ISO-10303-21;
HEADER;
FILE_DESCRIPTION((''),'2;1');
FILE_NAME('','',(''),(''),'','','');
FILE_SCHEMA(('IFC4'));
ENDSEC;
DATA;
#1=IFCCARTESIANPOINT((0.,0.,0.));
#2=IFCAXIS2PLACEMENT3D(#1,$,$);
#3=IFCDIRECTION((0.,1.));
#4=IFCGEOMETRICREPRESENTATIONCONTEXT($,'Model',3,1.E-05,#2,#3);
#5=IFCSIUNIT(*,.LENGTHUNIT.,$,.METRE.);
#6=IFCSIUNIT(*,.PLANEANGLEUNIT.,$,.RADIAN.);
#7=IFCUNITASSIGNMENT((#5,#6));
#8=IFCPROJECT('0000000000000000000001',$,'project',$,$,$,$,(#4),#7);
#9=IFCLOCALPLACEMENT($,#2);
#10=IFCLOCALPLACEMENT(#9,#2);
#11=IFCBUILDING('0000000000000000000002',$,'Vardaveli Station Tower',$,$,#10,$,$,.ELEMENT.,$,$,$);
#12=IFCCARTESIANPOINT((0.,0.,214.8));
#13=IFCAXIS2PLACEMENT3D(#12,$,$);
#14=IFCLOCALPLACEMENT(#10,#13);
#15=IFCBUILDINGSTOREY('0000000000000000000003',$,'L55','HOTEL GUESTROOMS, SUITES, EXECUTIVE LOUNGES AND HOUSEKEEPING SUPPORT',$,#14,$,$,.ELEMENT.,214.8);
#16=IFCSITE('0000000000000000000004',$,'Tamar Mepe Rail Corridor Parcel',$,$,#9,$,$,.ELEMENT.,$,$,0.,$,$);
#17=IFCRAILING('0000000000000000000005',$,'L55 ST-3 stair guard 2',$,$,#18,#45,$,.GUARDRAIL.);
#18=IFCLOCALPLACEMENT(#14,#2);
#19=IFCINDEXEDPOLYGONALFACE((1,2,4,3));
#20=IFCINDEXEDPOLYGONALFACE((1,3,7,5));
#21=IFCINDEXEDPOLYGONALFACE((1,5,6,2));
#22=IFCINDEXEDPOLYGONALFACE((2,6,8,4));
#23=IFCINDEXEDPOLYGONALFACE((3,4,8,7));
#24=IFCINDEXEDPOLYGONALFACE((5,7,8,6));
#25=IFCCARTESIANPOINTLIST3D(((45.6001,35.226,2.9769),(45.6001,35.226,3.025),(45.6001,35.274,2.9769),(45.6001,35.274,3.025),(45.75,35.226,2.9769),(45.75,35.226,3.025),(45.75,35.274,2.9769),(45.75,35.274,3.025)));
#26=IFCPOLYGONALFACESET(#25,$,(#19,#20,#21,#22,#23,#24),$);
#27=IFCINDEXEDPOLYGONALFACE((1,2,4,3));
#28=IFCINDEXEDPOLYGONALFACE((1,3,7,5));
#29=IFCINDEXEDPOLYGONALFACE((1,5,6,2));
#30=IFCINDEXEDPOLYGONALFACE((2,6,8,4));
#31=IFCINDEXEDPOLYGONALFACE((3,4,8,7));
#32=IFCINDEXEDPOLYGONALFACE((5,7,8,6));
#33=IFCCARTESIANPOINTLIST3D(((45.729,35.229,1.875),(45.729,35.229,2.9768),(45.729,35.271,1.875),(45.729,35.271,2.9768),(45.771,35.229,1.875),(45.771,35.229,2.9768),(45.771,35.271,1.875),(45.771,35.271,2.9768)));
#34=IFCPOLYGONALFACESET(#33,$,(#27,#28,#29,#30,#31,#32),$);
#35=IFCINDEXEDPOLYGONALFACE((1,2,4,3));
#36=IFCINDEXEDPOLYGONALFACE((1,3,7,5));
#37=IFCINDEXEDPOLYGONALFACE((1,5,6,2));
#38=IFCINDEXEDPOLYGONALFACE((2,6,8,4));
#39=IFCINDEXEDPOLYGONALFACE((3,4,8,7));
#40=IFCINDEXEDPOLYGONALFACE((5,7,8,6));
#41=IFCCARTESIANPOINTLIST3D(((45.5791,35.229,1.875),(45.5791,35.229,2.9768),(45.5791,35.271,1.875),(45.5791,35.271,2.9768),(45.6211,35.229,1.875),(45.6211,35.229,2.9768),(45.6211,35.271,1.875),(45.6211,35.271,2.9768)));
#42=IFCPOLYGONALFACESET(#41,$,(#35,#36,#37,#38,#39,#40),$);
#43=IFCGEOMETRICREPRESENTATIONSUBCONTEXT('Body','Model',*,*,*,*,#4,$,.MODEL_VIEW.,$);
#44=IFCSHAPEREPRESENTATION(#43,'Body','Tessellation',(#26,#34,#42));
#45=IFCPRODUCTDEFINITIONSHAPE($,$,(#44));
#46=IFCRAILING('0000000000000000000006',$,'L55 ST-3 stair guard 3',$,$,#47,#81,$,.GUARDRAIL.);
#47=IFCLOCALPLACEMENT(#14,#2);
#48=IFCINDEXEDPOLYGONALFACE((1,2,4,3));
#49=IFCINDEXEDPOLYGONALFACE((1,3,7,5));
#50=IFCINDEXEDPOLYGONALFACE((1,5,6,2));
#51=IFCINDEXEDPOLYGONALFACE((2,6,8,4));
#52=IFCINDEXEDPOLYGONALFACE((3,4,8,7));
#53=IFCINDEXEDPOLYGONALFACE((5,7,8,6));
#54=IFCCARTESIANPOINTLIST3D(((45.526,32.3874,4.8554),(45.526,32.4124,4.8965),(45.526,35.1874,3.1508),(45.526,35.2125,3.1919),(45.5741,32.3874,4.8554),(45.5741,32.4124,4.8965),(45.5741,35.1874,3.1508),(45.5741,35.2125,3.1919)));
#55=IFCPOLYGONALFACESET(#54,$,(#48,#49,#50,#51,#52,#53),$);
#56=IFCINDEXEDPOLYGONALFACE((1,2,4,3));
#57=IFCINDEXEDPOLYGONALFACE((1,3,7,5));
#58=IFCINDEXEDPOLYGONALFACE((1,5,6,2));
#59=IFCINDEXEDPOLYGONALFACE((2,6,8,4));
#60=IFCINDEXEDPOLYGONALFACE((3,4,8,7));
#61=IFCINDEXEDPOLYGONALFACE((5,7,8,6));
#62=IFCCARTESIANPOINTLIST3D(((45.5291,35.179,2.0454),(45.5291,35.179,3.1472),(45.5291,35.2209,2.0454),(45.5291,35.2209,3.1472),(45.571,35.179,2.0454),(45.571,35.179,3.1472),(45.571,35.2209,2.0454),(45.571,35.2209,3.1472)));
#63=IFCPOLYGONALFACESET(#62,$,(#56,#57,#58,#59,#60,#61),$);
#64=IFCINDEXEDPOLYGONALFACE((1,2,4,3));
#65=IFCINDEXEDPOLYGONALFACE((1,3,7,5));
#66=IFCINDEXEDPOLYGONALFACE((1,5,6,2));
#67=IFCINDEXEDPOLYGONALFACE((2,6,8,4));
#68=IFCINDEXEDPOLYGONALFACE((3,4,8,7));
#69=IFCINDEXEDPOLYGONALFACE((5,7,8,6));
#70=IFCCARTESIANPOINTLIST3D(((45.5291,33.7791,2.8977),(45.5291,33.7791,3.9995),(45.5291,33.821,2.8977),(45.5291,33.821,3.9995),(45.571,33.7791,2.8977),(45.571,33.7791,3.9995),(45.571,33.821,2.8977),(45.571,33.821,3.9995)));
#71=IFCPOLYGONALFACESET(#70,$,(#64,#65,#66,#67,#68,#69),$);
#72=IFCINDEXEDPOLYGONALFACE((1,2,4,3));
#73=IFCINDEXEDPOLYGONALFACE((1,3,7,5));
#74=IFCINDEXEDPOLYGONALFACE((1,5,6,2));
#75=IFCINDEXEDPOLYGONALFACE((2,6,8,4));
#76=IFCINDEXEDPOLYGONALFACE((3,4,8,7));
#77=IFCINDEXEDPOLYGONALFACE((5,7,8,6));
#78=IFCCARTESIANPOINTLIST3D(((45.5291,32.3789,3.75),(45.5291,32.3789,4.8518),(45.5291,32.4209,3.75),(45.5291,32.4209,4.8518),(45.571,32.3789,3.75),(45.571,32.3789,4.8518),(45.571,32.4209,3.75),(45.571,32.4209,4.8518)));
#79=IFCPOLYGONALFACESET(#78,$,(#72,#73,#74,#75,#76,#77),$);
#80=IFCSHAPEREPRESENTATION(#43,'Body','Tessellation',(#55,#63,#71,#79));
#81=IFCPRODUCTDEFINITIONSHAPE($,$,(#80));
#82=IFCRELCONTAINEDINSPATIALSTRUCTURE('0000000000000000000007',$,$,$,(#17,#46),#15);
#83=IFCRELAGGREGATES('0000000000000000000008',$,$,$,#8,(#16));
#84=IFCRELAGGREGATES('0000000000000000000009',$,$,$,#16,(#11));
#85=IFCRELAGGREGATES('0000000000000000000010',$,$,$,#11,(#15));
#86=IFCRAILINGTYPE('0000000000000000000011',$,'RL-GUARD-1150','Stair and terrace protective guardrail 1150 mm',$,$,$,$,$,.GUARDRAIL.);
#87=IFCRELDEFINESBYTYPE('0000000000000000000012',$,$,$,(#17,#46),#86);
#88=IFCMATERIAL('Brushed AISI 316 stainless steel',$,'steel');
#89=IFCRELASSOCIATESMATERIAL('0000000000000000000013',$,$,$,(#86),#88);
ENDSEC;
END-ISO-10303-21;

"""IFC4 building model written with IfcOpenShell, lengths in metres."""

from ifc_helpers import new_model, si_unit, direction, frame, origin, origin_2d, place, context, subcontext, project, spatial, rectangle, extrude, source, transform, mapped, material, type_object, element, save


model = new_model("IFC4")

# Units and contexts
model_context = context("Model", 3, precision=1e-05, world=origin(), true_north=direction((0.0, 1.0)))
body_context = subcontext(model_context, "Body", "Model", "MODEL_VIEW")
ifc_project = project(units=[si_unit("LENGTHUNIT", "METRE"), si_unit("PLANEANGLEUNIT", "RADIAN")], contexts=[model_context])

# Site, building, storey
site_placement = place(None, origin())
site = spatial("IfcSite", under=ifc_project, at=site_placement, Name="Tamar Mepe Rail Corridor Parcel", CompositionType="ELEMENT", RefElevation=0.0)
building_placement = place(site_placement, origin())
building = spatial("IfcBuilding", under=site, at=building_placement, Name="Vardaveli Station Tower", CompositionType="ELEMENT")
storey_placement = place(building_placement, frame((0.0, 0.0, 214.8)))
storey = spatial("IfcBuildingStorey", under=building, at=storey_placement, Name="L55", Description="HOTEL GUESTROOMS, SUITES, EXECUTIVE LOUNGES AND HOUSEKEEPING SUPPORT", CompositionType="ELEMENT", Elevation=214.8)

# Railings
ifc_material_1 = material(Name="Brushed AISI 316 stainless steel", Category="steel")
railing_type = type_object("IfcRailingType", Name="RL-GUARD-1150", Description="Stair and terrace protective guardrail 1150 mm", PredefinedType="GUARDRAIL", material=ifc_material_1)
shared_shape_1 = source(origin(), body_context, "Body", "SweptSolid", [
    extrude(rectangle(XDim=0.0481, YDim=0.0481, at=origin_2d()), frame((0.0, 0.0, 1.126), z_axis=(-1.0, 0.0, 0.0), x_axis=(0.0, -1.0, 0.0)), (0.0, 0.0, 1.0), 0.1499),
    extrude(rectangle(XDim=0.042, YDim=0.042, at=origin_2d()), origin(), (0.0, 0.0, 1.0), 1.1018),
    extrude(rectangle(XDim=0.042, YDim=0.042, at=origin_2d()), frame((-0.1499, 0.0, 0.0)), (0.0, 0.0, 1.0), 1.1018),
])
railing_1_placement = place(storey_placement, frame((45.75, 35.25, 1.875)))
element("IfcRailing", 1, at=railing_1_placement, inside=storey, type_object=railing_type, Name="L55 ST-3 stair guard 2", PredefinedType="GUARDRAIL", context=body_context, shape_type="MappedRepresentation", body=[
    mapped(shared_shape_1, transform((0.0, 0.0, 0.0), scale=1.0)),
])
shared_shape_2 = source(origin(), body_context, "Body", "SweptSolid", [
    extrude(rectangle(XDim=0.0481, YDim=0.0481, at=origin_2d()), frame((0.0, 0.0, 1.126), z_axis=(0.0, -0.85417, 0.519994), x_axis=(1.0, 0.0, 0.0)), (0.0, 0.0, 1.0), 3.2781),
    extrude(rectangle(XDim=0.042, YDim=0.042, at=origin_2d()), origin(), (0.0, 0.0, 1.0), 1.1018),
    extrude(rectangle(XDim=0.042, YDim=0.042, at=origin_2d()), frame((0.0, -1.3999, 0.8523)), (0.0, 0.0, 1.0), 1.1018),
    extrude(rectangle(XDim=0.042, YDim=0.042, at=origin_2d()), frame((0.0, -2.8, 1.7046)), (0.0, 0.0, 1.0), 1.1018),
])
railing_2_placement = place(storey_placement, frame((45.55, 35.2, 2.0454)))
element("IfcRailing", 2, at=railing_2_placement, inside=storey, type_object=railing_type, Name="L55 ST-3 stair guard 3", PredefinedType="GUARDRAIL", context=body_context, shape_type="MappedRepresentation", body=[
    mapped(shared_shape_2, transform((0.0, 0.0, 0.0), scale=1.0)),
])

save(model, "model.ifc")
